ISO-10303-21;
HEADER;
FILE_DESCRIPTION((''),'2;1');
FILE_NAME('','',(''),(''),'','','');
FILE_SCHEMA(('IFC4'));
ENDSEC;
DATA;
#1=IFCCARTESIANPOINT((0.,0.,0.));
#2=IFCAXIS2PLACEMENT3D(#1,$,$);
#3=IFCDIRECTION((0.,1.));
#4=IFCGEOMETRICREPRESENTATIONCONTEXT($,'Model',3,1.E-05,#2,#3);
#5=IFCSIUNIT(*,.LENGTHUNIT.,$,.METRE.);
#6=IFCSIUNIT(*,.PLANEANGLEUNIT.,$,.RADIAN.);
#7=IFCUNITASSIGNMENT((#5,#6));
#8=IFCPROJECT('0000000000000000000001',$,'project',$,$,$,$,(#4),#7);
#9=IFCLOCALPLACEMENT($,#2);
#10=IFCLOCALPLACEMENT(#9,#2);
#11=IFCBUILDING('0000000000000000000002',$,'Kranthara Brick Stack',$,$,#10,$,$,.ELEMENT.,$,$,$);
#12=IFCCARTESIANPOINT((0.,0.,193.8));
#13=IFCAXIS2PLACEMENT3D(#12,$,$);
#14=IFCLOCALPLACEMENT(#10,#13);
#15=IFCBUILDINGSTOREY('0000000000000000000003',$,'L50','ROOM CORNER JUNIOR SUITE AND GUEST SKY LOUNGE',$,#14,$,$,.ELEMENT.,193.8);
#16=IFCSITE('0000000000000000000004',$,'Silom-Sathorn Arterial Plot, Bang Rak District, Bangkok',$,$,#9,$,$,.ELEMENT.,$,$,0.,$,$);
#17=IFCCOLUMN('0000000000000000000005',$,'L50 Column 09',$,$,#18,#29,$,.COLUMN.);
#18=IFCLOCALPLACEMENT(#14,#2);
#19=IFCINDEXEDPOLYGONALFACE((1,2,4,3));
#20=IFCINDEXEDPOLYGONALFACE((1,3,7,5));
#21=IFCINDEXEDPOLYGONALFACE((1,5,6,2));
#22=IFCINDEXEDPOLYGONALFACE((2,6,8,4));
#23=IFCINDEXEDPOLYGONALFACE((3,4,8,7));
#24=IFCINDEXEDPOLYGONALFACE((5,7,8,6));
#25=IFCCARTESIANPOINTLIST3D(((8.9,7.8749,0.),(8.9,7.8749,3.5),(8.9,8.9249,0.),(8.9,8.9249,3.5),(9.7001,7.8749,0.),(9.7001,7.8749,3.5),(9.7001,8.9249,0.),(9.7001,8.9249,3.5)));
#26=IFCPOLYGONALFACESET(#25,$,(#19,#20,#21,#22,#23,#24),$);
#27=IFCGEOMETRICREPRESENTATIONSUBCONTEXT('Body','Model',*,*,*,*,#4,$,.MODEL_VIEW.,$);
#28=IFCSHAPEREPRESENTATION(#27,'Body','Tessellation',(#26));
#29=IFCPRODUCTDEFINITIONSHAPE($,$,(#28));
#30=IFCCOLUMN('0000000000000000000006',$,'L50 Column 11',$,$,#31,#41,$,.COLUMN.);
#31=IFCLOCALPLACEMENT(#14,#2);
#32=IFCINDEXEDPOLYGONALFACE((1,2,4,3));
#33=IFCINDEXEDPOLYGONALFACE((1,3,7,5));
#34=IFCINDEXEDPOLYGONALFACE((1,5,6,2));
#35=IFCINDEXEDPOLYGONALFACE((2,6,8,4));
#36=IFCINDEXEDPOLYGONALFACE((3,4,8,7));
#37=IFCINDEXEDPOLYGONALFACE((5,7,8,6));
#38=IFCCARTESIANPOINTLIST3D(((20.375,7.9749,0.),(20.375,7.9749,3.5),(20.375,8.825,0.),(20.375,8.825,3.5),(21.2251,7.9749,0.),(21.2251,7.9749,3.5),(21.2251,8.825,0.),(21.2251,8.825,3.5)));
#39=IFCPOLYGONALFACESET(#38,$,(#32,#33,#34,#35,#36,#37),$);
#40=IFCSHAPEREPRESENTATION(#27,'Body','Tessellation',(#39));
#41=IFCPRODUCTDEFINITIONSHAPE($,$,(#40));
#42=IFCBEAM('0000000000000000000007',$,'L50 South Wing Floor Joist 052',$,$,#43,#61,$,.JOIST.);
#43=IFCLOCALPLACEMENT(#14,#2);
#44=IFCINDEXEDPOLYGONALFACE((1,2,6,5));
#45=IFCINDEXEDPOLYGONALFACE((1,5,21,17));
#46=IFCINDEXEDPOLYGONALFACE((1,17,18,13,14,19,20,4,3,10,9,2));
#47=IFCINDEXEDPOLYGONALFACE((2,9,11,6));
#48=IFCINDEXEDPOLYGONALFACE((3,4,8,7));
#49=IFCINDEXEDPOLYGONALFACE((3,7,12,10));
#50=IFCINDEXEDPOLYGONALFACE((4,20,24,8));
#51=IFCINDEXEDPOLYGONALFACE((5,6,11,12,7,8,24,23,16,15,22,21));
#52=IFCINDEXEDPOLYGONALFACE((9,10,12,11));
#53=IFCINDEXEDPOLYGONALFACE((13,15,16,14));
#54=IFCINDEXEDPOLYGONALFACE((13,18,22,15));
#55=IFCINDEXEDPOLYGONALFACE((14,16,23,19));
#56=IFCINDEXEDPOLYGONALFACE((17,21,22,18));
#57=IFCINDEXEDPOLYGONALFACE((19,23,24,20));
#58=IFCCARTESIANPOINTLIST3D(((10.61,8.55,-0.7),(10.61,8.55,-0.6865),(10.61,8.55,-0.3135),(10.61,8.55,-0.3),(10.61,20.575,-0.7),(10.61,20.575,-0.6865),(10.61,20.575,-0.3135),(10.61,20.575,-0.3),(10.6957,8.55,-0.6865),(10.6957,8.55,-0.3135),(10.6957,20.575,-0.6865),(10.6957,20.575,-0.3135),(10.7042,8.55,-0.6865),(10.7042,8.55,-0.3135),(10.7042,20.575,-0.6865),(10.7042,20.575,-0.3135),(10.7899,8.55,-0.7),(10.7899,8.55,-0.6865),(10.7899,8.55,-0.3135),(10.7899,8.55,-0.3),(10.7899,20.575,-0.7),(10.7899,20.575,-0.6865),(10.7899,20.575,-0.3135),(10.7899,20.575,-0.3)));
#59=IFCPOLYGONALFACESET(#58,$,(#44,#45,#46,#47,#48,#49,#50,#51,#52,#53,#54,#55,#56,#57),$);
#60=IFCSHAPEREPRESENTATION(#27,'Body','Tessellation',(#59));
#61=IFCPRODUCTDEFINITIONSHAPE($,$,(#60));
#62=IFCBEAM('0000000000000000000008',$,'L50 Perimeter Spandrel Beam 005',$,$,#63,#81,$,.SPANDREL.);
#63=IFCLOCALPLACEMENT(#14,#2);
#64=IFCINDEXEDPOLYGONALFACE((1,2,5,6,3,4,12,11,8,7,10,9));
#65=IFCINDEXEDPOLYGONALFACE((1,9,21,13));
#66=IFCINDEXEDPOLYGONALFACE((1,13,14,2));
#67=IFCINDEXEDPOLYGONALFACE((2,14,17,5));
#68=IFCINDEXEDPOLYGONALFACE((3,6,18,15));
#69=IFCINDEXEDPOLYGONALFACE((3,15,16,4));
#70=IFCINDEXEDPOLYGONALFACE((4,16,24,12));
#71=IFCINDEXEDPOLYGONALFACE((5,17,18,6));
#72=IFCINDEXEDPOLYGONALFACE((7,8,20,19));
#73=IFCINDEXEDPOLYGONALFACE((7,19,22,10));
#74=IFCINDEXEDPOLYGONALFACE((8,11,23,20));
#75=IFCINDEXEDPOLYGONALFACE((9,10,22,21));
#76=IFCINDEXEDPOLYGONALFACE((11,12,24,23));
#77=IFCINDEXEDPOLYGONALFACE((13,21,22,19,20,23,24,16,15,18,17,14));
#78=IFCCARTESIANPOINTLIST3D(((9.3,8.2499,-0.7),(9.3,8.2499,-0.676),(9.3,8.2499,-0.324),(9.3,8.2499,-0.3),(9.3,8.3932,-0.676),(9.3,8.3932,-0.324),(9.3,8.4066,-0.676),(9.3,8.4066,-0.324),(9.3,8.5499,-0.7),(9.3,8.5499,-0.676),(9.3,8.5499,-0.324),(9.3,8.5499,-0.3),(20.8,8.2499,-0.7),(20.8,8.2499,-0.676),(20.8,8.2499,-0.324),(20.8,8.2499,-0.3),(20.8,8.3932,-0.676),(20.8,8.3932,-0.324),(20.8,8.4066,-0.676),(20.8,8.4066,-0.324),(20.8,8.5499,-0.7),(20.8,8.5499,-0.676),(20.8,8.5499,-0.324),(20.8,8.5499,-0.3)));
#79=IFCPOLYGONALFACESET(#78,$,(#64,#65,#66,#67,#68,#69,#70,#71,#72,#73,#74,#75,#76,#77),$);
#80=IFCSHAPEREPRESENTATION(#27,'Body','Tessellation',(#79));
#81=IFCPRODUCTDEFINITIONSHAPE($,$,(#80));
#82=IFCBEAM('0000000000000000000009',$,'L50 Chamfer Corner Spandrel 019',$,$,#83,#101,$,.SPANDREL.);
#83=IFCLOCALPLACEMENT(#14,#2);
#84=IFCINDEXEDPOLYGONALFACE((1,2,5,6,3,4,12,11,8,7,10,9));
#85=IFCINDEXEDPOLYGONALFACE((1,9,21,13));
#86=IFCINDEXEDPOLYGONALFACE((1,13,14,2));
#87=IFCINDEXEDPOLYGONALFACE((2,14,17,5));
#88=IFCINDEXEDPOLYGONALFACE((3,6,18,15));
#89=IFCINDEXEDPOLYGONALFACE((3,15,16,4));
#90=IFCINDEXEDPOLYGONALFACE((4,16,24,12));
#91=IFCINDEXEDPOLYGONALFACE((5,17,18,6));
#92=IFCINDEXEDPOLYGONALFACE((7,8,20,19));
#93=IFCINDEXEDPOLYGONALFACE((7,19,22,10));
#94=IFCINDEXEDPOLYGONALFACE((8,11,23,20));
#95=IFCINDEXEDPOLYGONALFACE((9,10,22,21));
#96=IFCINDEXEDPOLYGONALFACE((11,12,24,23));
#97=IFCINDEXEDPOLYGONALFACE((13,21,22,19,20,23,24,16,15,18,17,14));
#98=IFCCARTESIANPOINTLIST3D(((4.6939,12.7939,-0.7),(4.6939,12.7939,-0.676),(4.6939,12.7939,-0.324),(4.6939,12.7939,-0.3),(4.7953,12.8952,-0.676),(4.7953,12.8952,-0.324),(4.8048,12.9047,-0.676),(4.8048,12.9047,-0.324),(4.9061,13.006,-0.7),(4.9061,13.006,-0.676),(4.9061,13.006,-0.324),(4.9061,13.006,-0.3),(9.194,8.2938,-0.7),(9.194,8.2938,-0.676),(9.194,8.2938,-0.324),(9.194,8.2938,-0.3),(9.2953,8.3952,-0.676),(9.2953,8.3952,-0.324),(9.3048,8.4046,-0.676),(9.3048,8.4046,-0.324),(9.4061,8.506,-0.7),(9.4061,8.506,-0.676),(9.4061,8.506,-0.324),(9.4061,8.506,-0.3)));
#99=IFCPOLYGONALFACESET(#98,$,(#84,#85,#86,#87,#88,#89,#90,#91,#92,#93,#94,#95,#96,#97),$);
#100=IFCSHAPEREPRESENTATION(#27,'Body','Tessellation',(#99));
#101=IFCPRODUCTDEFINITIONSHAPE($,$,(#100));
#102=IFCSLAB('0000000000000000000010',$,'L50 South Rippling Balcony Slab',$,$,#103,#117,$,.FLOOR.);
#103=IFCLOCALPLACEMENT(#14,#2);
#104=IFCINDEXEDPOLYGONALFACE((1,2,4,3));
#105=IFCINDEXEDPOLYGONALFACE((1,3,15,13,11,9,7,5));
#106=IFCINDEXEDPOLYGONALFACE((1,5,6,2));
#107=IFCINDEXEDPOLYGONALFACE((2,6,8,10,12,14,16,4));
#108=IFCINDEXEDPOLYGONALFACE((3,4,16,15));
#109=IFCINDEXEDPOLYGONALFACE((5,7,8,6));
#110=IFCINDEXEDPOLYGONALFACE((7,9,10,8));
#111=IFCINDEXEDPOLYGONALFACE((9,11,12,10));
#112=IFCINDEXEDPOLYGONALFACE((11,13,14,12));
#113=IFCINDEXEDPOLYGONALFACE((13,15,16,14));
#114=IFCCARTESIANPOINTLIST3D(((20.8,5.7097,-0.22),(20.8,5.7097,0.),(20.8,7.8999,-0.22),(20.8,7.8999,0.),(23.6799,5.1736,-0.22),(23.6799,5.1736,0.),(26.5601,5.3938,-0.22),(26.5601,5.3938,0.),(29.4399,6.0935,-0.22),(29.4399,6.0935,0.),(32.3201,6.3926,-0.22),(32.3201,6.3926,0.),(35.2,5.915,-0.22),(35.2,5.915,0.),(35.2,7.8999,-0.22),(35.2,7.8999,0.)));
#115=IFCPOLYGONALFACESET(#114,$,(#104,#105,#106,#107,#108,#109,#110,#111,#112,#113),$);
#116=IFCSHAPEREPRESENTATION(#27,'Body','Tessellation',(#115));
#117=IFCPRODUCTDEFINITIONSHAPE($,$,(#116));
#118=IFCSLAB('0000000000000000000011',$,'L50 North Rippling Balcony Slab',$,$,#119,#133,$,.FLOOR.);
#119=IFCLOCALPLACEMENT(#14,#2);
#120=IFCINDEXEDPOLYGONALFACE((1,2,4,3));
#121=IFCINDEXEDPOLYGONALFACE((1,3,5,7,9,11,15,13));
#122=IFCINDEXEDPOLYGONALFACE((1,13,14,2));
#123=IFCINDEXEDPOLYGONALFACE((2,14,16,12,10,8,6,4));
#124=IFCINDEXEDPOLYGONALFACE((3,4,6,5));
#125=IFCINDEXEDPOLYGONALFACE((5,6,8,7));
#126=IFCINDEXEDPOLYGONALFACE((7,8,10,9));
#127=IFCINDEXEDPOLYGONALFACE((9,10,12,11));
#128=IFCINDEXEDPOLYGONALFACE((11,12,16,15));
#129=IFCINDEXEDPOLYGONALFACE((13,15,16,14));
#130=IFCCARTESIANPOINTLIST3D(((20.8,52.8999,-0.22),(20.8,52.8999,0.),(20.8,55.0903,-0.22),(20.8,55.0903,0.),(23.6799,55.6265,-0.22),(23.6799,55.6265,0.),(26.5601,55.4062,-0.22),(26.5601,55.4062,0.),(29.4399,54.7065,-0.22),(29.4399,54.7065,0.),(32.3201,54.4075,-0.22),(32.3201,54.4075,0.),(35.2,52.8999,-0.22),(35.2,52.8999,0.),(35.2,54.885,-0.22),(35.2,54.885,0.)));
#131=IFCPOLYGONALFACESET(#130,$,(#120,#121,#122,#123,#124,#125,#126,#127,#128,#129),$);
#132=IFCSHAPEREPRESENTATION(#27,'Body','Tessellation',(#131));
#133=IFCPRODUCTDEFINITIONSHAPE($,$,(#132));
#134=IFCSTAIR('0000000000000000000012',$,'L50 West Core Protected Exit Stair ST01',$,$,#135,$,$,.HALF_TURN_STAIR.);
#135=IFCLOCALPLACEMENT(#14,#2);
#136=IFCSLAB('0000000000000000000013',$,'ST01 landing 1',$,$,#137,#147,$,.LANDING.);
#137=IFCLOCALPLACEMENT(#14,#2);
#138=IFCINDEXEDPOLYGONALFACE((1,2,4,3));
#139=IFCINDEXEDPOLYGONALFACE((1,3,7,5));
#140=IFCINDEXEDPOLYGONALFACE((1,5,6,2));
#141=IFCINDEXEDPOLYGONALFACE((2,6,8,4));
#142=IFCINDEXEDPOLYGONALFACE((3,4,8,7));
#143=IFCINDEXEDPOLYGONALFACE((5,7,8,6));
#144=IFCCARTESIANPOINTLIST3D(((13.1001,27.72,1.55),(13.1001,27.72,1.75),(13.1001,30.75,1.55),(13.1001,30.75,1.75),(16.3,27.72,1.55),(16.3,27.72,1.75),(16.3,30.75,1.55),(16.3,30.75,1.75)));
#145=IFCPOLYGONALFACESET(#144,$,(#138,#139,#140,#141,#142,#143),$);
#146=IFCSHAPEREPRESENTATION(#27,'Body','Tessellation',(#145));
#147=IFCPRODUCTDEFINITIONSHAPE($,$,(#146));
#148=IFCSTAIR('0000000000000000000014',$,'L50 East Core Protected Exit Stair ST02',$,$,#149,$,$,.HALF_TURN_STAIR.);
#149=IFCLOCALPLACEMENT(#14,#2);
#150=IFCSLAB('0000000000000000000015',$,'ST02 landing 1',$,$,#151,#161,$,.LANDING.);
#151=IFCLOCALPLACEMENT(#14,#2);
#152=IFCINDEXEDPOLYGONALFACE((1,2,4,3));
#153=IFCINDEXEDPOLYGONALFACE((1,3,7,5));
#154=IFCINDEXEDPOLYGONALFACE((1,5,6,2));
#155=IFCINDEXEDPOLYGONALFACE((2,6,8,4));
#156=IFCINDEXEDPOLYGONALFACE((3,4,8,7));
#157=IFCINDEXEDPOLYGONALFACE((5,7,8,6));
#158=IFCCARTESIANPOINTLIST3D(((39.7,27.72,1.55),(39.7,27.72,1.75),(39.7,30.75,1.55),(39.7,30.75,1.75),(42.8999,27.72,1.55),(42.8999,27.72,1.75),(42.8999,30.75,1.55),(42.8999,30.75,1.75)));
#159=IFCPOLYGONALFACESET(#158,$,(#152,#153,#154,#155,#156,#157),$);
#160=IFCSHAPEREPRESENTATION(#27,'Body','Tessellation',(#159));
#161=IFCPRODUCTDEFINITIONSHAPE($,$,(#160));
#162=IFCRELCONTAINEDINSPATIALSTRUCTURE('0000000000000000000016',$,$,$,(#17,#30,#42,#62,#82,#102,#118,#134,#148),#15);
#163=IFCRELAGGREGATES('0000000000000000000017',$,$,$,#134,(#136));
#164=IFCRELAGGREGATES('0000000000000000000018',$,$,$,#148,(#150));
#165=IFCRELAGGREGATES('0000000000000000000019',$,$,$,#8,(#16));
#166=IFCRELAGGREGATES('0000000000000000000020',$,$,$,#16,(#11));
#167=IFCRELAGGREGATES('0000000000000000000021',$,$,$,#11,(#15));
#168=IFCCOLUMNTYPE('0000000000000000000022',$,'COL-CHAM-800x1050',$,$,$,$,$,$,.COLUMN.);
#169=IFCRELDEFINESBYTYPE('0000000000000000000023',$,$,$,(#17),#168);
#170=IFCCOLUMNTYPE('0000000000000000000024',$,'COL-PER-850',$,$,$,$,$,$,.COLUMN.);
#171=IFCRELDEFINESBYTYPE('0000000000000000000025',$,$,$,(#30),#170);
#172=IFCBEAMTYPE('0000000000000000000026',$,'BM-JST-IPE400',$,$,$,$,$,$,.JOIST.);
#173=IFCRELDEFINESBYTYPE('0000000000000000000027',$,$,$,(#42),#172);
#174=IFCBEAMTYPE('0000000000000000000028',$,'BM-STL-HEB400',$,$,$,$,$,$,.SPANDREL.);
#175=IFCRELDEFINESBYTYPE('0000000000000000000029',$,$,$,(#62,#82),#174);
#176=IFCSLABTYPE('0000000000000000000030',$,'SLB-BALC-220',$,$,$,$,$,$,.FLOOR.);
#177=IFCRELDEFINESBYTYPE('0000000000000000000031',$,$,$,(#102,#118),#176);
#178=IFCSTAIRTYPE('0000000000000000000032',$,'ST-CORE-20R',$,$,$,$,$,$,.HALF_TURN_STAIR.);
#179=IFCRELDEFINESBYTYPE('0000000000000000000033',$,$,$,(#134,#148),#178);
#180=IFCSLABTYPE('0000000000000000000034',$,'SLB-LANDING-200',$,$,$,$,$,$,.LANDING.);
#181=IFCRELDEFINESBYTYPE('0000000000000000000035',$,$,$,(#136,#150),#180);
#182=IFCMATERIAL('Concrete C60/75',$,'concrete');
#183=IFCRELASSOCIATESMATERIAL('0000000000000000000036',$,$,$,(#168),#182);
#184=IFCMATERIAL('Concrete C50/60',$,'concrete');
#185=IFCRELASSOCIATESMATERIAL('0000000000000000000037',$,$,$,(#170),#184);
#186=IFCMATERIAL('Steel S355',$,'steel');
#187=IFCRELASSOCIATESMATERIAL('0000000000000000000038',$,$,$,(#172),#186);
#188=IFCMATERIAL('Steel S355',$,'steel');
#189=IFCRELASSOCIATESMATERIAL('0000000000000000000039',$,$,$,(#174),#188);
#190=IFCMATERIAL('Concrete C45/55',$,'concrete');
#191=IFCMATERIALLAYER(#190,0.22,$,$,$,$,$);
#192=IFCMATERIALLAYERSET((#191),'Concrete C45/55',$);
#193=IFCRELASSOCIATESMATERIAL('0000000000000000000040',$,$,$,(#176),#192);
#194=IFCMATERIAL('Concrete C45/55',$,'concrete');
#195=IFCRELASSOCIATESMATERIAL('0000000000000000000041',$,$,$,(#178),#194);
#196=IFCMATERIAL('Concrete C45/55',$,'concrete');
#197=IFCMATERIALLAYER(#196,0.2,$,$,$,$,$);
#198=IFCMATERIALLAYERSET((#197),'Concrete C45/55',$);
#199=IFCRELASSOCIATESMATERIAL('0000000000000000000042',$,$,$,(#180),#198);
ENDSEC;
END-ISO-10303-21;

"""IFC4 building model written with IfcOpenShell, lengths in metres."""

from ifc_helpers import new_model, si_unit, direction, frame, origin, origin_2d, place, context, subcontext, project, spatial, polyline, rectangle, i_section, outline, extrude, material, layer, layer_set, material_profile, profile_set, type_object, element, aggregate, save


model = new_model("IFC4")

# Units and contexts
model_context = context("Model", 3, precision=1e-05, world=origin(), true_north=direction((0.0, 1.0)))
body_context = subcontext(model_context, "Body", "Model", "MODEL_VIEW")
ifc_project = project(units=[si_unit("LENGTHUNIT", "METRE"), si_unit("PLANEANGLEUNIT", "RADIAN")], contexts=[model_context])

# Site, building, storey
site_placement = place(None, origin())
site = spatial("IfcSite", under=ifc_project, at=site_placement, Name="Silom-Sathorn Arterial Plot, Bang Rak District, Bangkok", CompositionType="ELEMENT", RefElevation=0.0)
building_placement = place(site_placement, origin())
building = spatial("IfcBuilding", under=site, at=building_placement, Name="Kranthara Brick Stack", CompositionType="ELEMENT")
storey_placement = place(building_placement, frame((0.0, 0.0, 193.8)))
storey = spatial("IfcBuildingStorey", under=building, at=storey_placement, Name="L50", Description="ROOM CORNER JUNIOR SUITE AND GUEST SKY LOUNGE", CompositionType="ELEMENT", Elevation=193.8)

# Columns
ifc_material_1 = material(Name="Concrete C60/75", Category="concrete")
ifc_material_profile_1 = material_profile(ifc_material_1, rectangle(XDim=0.8, YDim=1.05, at=origin_2d()), Name="RC 800x1050")
ifc_profile_set_1 = profile_set([ifc_material_profile_1], Name="Concrete C60/75")
column_type_1 = type_object("IfcColumnType", Name="COL-CHAM-800x1050", PredefinedType="COLUMN", material=ifc_profile_set_1)
column_1_placement = place(storey_placement, frame((9.3, 8.3999, 0.0), z_axis=(0.0, 0.0, 1.0), x_axis=(1.0, 0.0, 0.0)))
element("IfcColumn", 1, at=column_1_placement, inside=storey, type_object=column_type_1, Name="L50 Column 09", PredefinedType="COLUMN", context=body_context, shape_type="SweptSolid", body=[
    extrude(rectangle(XDim=0.8, YDim=1.05, at=origin_2d()), origin(), (0.0, 0.0, 1.0), 3.5),
])
ifc_material_2 = material(Name="Concrete C50/60", Category="concrete")
ifc_material_profile_2 = material_profile(ifc_material_2, rectangle(XDim=0.8501, YDim=0.8501, at=origin_2d()), Name="RC 850x850")
ifc_profile_set_2 = profile_set([ifc_material_profile_2], Name="Concrete C50/60")
column_type_2 = type_object("IfcColumnType", Name="COL-PER-850", PredefinedType="COLUMN", material=ifc_profile_set_2)
column_2_placement = place(storey_placement, frame((20.8, 8.3999, 0.0), z_axis=(0.0, 0.0, 1.0), x_axis=(1.0, 0.0, 0.0)))
element("IfcColumn", 2, at=column_2_placement, inside=storey, type_object=column_type_2, Name="L50 Column 11", PredefinedType="COLUMN", context=body_context, shape_type="SweptSolid", body=[
    extrude(rectangle(XDim=0.8501, YDim=0.8501, at=origin_2d()), origin(), (0.0, 0.0, 1.0), 3.5),
])

# Beams
ifc_material_3 = material(Name="Steel S355", Category="steel")
ifc_material_profile_3 = material_profile(ifc_material_3, i_section(OverallWidth=0.1799, OverallDepth=0.3999, WebThickness=0.0085, FlangeThickness=0.0134, at=origin_2d()), Name="IPE 400")
ifc_profile_set_3 = profile_set([ifc_material_profile_3], Name="Steel S355")
beam_type_1 = type_object("IfcBeamType", Name="BM-JST-IPE400", PredefinedType="JOIST", material=ifc_profile_set_3)
beam_1_placement = place(storey_placement, frame((10.7, 8.55, -0.5), z_axis=(0.0, 1.0, 0.0), x_axis=(-1.0, 0.0, 0.0)))
element("IfcBeam", 3, at=beam_1_placement, inside=storey, type_object=beam_type_1, Name="L50 South Wing Floor Joist 052", PredefinedType="JOIST", context=body_context, shape_type="SweptSolid", body=[
    extrude(i_section(OverallWidth=0.1799, OverallDepth=0.3999, WebThickness=0.0085, FlangeThickness=0.0134, at=origin_2d()), origin(), (0.0, 0.0, 1.0), 12.0249),
])
ifc_material_4 = material(Name="Steel S355", Category="steel")
ifc_material_profile_4 = material_profile(ifc_material_4, i_section(OverallWidth=0.3, OverallDepth=0.3999, WebThickness=0.0134, FlangeThickness=0.0239, at=origin_2d()), Name="HEB 400")
ifc_profile_set_4 = profile_set([ifc_material_profile_4], Name="Steel S355")
beam_type_2 = type_object("IfcBeamType", Name="BM-STL-HEB400", PredefinedType="SPANDREL", material=ifc_profile_set_4)
beam_2_placement = place(storey_placement, frame((9.3, 8.3999, -0.5), z_axis=(1.0, 0.0, 0.0), x_axis=(0.0, 1.0, 0.0)))
element("IfcBeam", 4, at=beam_2_placement, inside=storey, type_object=beam_type_2, Name="L50 Perimeter Spandrel Beam 005", PredefinedType="SPANDREL", context=body_context, shape_type="SweptSolid", body=[
    extrude(i_section(OverallWidth=0.3, OverallDepth=0.3999, WebThickness=0.0134, FlangeThickness=0.0239, at=origin_2d()), origin(), (0.0, 0.0, 1.0), 11.5),
])
beam_3_placement = place(storey_placement, frame((9.3, 8.3999, -0.5), z_axis=(-0.707107, 0.707107, 0.0), x_axis=(-0.707107, -0.707107, 0.0)))
element("IfcBeam", 5, at=beam_3_placement, inside=storey, type_object=beam_type_2, Name="L50 Chamfer Corner Spandrel 019", PredefinedType="SPANDREL", context=body_context, shape_type="SweptSolid", body=[
    extrude(i_section(OverallWidth=0.3, OverallDepth=0.3999, WebThickness=0.0134, FlangeThickness=0.0239, at=origin_2d()), origin(), (0.0, 0.0, 1.0), 6.364),
])

# Slabs
ifc_material_5 = material(Name="Concrete C45/55", Category="concrete")
ifc_layer_1 = layer(ifc_material_5, 0.22)
ifc_layer_set_1 = layer_set([ifc_layer_1], Name="Concrete C45/55")
slab_type_1 = type_object("IfcSlabType", Name="SLB-BALC-220", PredefinedType="FLOOR", material=ifc_layer_set_1)
slab_1_placement = place(storey_placement, frame((0.0, 0.0, -0.22)))
element("IfcSlab", 6, at=slab_1_placement, inside=storey, type_object=slab_type_1, Name="L50 South Rippling Balcony Slab", PredefinedType="FLOOR", context=body_context, shape_type="SweptSolid", body=[
    extrude(outline(polyline([(20.8, 7.8999), (35.2, 7.8999), (35.2, 5.915), (32.3201, 6.3926), (29.4399, 6.0935), (26.5601, 5.3938), (23.6799, 5.1736), (20.8, 5.7097), (20.8, 7.8999)])), origin(), (0.0, 0.0, 1.0), 0.22),
])
slab_2_placement = place(storey_placement, frame((0.0, 0.0, -0.22)))
element("IfcSlab", 7, at=slab_2_placement, inside=storey, type_object=slab_type_1, Name="L50 North Rippling Balcony Slab", PredefinedType="FLOOR", context=body_context, shape_type="SweptSolid", body=[
    extrude(outline(polyline([(35.2, 52.8999), (20.8, 52.8999), (20.8, 55.0903), (23.6799, 55.6265), (26.5601, 55.4062), (29.4399, 54.7065), (32.3201, 54.4075), (35.2, 54.885), (35.2, 52.8999)])), origin(), (0.0, 0.0, 1.0), 0.22),
])

# Stairs, slabs
ifc_material_6 = material(Name="Concrete C45/55", Category="concrete")
stair_type = type_object("IfcStairType", Name="ST-CORE-20R", PredefinedType="HALF_TURN_STAIR", material=ifc_material_6)
stair_1_placement = place(storey_placement, origin())
stair_1 = element("IfcStair", 8, at=stair_1_placement, inside=storey, type_object=stair_type, Name="L50 West Core Protected Exit Stair ST01", PredefinedType="HALF_TURN_STAIR")
ifc_material_7 = material(Name="Concrete C45/55", Category="concrete")
ifc_layer_2 = layer(ifc_material_7, 0.2)
ifc_layer_set_2 = layer_set([ifc_layer_2], Name="Concrete C45/55")
slab_type_2 = type_object("IfcSlabType", Name="SLB-LANDING-200", PredefinedType="LANDING", material=ifc_layer_set_2)
slab_3_placement = place(storey_placement, frame((0.0, 0.0, 1.55)))
slab_3 = element("IfcSlab", 9, at=slab_3_placement, type_object=slab_type_2, Name="ST01 landing 1", PredefinedType="LANDING", context=body_context, shape_type="SweptSolid", body=[
    extrude(outline(polyline([(16.3, 27.72), (16.3, 30.75), (13.1001, 30.75), (13.1001, 27.72), (16.3, 27.72)])), origin(), (0.0, 0.0, 1.0), 0.2),
])
aggregate(stair_1, [slab_3])
stair_2_placement = place(storey_placement, origin())
stair_2 = element("IfcStair", 10, at=stair_2_placement, inside=storey, type_object=stair_type, Name="L50 East Core Protected Exit Stair ST02", PredefinedType="HALF_TURN_STAIR")
slab_4_placement = place(storey_placement, frame((0.0, 0.0, 1.55)))
slab_4 = element("IfcSlab", 11, at=slab_4_placement, type_object=slab_type_2, Name="ST02 landing 1", PredefinedType="LANDING", context=body_context, shape_type="SweptSolid", body=[
    extrude(outline(polyline([(42.8999, 27.72), (42.8999, 30.75), (39.7, 30.75), (39.7, 27.72), (42.8999, 27.72)])), origin(), (0.0, 0.0, 1.0), 0.2),
])
aggregate(stair_2, [slab_4])

save(model, "model.ifc")
